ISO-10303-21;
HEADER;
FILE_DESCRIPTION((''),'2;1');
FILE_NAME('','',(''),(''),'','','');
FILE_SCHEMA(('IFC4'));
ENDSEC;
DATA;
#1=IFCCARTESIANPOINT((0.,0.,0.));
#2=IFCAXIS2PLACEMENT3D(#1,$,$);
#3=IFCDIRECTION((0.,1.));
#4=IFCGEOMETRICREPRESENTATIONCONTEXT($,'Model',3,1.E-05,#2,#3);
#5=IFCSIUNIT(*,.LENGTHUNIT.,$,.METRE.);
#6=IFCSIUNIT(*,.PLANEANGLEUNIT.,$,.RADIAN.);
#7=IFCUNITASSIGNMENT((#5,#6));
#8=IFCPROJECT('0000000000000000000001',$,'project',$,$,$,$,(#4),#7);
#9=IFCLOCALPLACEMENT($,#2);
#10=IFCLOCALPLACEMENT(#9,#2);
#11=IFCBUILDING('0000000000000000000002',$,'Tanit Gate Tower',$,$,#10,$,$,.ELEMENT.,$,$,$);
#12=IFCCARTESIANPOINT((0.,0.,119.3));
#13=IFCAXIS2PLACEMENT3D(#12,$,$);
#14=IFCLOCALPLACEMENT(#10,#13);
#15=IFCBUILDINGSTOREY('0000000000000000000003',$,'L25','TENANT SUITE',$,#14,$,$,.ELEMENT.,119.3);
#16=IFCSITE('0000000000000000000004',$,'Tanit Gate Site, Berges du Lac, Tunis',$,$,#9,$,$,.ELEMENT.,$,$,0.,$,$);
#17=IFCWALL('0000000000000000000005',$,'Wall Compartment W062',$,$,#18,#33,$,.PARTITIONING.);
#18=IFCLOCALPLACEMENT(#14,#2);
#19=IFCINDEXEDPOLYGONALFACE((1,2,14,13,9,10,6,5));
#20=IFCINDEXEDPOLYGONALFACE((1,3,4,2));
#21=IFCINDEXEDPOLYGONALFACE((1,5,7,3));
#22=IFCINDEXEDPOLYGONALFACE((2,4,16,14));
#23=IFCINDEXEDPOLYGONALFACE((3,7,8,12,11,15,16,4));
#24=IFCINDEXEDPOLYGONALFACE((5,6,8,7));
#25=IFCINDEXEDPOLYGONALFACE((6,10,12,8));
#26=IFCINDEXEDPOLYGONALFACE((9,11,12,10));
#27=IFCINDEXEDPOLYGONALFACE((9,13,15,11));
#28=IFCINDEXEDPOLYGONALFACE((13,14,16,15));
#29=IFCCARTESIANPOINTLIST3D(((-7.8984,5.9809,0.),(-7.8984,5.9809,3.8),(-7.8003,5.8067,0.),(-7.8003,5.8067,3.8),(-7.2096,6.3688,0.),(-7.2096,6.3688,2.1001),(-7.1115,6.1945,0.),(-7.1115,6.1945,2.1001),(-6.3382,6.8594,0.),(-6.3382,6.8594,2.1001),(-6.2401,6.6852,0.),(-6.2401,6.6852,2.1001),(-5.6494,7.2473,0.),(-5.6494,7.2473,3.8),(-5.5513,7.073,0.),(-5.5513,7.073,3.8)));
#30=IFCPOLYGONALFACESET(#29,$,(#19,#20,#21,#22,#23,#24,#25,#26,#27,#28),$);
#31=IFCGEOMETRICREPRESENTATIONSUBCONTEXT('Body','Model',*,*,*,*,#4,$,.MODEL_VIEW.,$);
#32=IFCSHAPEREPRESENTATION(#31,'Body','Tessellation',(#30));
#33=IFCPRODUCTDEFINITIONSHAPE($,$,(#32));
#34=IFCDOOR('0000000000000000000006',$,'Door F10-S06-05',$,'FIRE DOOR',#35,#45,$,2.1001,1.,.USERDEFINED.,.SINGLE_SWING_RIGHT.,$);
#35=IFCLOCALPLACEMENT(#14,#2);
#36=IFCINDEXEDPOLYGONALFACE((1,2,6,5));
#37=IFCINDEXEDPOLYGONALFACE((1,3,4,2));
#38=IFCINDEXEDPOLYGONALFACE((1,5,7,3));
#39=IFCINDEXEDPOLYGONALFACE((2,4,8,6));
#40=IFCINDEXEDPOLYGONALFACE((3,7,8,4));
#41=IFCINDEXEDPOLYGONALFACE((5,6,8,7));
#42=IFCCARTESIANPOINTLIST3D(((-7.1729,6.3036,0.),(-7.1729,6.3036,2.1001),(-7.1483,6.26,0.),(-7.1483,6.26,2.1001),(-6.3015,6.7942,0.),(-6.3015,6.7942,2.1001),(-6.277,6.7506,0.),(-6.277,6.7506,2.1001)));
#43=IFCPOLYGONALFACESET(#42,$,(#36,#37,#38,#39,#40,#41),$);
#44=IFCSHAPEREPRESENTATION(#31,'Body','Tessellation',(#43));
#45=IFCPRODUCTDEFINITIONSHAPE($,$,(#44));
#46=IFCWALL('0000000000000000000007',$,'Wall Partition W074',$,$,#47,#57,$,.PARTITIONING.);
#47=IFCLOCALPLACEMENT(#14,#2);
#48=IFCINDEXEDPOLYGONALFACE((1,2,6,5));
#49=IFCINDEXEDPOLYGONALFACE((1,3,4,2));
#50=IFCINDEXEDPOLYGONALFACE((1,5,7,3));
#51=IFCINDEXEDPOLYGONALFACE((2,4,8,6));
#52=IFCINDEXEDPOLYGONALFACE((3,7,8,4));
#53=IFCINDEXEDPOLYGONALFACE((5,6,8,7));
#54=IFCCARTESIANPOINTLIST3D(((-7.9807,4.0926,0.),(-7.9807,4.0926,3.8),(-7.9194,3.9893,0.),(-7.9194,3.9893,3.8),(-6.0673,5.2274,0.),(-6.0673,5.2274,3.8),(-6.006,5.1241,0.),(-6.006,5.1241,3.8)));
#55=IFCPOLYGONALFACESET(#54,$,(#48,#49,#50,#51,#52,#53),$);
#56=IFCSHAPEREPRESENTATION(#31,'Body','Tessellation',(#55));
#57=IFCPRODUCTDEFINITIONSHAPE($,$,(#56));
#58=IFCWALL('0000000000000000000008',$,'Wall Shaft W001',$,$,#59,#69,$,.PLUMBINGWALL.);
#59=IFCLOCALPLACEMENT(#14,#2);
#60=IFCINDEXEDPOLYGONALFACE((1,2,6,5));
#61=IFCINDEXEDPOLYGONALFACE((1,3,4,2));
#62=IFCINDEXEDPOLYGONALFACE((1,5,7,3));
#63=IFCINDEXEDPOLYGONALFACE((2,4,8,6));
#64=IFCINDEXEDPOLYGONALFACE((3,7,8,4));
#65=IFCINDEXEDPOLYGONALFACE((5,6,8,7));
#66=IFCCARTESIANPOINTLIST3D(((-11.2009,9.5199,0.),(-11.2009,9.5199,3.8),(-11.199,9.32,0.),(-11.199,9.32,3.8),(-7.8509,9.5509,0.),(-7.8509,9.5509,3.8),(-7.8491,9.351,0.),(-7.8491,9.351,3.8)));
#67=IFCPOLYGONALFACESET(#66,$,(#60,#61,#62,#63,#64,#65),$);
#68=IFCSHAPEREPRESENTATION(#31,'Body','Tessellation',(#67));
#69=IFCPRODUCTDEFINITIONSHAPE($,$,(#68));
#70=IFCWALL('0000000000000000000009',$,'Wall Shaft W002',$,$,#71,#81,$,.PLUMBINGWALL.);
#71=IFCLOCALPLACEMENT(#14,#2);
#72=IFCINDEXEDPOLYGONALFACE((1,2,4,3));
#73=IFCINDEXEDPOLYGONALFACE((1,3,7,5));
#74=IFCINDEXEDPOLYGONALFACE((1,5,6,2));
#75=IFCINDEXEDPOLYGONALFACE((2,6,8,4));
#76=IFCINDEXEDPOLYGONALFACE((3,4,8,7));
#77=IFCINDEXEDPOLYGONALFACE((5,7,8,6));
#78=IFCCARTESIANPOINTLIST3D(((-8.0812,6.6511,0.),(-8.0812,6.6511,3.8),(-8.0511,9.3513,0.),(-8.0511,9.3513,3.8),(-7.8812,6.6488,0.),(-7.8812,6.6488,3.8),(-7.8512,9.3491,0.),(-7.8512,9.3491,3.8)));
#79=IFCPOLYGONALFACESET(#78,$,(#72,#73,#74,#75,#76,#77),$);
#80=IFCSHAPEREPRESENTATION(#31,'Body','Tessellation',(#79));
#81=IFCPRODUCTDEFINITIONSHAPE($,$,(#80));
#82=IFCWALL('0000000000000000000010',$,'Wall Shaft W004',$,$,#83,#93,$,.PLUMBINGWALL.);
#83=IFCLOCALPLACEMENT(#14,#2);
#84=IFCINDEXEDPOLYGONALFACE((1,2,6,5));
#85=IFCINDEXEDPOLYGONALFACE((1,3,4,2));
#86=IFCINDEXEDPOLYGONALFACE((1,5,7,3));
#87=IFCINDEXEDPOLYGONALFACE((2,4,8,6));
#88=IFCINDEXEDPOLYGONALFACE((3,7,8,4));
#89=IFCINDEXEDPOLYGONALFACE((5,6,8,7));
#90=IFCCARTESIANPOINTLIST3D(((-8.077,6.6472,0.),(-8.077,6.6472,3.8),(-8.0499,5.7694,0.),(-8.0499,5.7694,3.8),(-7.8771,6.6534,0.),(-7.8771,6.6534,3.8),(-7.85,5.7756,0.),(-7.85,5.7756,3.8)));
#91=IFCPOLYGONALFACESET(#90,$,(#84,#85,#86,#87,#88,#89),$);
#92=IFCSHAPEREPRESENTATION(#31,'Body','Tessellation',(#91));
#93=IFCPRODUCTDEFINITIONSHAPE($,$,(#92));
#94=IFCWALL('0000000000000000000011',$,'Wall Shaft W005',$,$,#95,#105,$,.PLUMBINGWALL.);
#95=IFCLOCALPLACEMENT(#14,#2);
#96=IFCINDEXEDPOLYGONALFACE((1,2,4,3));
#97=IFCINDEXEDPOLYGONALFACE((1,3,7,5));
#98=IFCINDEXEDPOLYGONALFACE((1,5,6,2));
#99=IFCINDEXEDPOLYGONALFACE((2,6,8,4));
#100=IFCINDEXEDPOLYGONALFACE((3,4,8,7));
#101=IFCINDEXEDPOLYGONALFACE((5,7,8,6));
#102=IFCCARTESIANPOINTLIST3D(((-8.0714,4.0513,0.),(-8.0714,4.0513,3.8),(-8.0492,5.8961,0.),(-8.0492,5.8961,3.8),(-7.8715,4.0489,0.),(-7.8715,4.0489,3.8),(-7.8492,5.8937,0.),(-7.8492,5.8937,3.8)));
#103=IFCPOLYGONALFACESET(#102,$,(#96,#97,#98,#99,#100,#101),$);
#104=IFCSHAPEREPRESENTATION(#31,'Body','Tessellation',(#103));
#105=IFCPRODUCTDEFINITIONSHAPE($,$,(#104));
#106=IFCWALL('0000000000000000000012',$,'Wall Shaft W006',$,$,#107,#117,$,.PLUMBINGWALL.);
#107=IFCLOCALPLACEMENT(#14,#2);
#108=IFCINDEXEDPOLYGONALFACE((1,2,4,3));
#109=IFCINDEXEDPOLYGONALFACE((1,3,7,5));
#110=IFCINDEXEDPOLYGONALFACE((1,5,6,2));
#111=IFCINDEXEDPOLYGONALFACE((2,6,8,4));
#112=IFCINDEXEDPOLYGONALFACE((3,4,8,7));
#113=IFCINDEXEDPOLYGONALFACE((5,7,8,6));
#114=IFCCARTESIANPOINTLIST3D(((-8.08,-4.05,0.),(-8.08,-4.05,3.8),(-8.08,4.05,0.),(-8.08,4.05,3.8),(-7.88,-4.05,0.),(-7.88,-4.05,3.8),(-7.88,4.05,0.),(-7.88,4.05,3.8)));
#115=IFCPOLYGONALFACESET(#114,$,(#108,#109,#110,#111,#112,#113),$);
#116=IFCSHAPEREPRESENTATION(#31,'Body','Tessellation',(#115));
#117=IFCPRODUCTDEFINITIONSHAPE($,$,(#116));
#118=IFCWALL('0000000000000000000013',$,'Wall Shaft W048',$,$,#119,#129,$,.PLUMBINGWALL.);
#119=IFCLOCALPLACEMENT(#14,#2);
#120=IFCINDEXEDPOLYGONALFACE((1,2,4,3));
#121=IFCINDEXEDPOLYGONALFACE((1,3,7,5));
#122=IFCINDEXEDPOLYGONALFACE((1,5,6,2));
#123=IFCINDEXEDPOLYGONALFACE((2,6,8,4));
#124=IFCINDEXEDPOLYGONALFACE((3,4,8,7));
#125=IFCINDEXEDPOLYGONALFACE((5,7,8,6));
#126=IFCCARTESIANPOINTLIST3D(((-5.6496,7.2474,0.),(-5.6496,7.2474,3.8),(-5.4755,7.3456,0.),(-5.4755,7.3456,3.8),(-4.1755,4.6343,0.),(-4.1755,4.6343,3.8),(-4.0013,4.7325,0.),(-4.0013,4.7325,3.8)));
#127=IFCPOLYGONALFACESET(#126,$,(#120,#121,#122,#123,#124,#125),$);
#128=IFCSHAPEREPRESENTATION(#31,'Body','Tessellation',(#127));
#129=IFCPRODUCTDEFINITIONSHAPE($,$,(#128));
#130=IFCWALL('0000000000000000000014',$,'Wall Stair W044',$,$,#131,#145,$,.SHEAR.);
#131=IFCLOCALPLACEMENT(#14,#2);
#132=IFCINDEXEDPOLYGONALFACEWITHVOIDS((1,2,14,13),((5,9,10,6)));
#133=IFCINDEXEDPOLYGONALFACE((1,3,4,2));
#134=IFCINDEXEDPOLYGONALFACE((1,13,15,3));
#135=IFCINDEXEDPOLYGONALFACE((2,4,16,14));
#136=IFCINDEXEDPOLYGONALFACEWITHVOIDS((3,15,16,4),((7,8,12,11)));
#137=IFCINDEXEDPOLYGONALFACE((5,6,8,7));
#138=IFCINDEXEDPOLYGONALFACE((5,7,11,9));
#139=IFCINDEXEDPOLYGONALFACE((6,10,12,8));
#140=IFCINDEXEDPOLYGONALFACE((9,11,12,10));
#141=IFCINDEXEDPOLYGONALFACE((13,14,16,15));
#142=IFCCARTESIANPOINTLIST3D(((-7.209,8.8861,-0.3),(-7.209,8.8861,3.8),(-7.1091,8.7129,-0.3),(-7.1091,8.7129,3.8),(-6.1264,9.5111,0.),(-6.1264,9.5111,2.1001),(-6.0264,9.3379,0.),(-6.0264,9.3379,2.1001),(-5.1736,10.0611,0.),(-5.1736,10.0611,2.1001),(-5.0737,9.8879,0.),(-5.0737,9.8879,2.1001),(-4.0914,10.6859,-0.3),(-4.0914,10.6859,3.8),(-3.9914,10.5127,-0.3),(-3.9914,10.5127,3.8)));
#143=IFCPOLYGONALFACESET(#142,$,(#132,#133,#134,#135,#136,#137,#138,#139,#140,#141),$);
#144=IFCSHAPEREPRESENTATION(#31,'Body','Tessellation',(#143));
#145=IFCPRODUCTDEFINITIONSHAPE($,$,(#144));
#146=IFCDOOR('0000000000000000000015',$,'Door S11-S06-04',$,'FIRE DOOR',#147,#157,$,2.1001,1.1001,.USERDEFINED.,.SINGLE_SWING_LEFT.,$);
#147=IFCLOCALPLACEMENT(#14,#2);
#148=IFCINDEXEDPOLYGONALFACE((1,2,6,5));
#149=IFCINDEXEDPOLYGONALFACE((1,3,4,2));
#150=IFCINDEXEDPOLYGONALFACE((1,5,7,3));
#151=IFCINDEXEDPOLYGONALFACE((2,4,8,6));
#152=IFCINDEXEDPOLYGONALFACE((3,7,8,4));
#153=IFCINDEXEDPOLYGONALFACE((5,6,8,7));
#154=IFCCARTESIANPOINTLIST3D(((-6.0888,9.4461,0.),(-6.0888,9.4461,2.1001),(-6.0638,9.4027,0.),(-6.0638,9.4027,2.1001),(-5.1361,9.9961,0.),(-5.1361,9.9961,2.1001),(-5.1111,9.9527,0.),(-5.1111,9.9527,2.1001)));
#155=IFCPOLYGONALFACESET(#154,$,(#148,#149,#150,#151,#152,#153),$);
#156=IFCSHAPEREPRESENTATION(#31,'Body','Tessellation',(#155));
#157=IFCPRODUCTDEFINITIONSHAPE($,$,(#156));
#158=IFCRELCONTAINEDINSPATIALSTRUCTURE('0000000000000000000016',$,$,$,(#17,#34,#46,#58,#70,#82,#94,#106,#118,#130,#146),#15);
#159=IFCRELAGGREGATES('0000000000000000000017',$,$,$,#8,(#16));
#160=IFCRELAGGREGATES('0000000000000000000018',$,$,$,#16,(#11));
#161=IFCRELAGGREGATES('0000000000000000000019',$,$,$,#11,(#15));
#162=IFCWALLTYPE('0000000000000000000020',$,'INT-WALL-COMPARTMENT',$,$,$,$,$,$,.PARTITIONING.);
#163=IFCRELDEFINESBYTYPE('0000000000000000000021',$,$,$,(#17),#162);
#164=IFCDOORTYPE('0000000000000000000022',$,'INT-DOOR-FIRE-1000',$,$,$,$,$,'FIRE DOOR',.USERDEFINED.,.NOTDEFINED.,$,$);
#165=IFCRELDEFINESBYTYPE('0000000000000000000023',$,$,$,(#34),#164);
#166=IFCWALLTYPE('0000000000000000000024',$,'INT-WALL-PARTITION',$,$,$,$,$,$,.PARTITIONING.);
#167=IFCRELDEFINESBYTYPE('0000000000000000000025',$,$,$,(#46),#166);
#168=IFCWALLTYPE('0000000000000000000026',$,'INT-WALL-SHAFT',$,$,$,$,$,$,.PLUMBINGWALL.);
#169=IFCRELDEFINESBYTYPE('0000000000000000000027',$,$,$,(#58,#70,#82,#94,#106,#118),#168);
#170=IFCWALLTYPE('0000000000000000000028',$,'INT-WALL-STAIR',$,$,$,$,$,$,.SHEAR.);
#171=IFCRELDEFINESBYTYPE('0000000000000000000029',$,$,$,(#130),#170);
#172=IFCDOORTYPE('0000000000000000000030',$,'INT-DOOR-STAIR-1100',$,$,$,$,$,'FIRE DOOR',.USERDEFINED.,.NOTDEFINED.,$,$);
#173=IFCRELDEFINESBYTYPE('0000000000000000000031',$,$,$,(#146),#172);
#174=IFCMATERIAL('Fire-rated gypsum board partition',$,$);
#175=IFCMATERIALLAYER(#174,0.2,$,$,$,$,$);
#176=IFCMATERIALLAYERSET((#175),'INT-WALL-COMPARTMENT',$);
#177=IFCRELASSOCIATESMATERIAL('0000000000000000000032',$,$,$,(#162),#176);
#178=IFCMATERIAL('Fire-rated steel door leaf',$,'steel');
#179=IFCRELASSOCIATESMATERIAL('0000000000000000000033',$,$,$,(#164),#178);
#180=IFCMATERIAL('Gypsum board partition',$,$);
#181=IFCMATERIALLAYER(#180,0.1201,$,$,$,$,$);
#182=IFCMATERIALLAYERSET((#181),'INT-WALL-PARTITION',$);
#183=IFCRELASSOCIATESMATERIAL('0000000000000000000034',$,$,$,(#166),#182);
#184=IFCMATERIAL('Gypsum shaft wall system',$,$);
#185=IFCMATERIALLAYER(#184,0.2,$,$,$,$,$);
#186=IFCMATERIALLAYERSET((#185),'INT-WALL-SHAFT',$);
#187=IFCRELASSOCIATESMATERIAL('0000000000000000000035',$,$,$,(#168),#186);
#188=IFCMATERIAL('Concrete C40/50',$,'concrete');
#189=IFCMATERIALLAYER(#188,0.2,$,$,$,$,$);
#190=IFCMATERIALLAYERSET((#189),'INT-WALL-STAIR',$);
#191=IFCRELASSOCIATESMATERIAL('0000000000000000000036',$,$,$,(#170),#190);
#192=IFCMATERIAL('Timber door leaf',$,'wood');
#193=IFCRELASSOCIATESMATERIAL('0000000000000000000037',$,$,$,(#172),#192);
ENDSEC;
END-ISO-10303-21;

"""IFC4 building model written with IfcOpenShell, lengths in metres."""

from ifc_helpers import new_model, si_unit, direction, frame, frame_2d, origin, place, context, subcontext, project, spatial, rectangle, extrude, material, layer, layer_set, type_object, element, fill, save


model = new_model("IFC4")

# Units and contexts
model_context = context("Model", 3, precision=1e-05, world=origin(), true_north=direction((0.0, 1.0)))
body_context = subcontext(model_context, "Body", "Model", "MODEL_VIEW")
ifc_project = project(units=[si_unit("LENGTHUNIT", "METRE"), si_unit("PLANEANGLEUNIT", "RADIAN")], contexts=[model_context])

# Site, building, storey
site_placement = place(None, origin())
site = spatial("IfcSite", under=ifc_project, at=site_placement, Name="Tanit Gate Site, Berges du Lac, Tunis", CompositionType="ELEMENT", RefElevation=0.0)
building_placement = place(site_placement, origin())
building = spatial("IfcBuilding", under=site, at=building_placement, Name="Tanit Gate Tower", CompositionType="ELEMENT")
storey_placement = place(building_placement, frame((0.0, 0.0, 119.3)))
storey = spatial("IfcBuildingStorey", under=building, at=storey_placement, Name="L25", Description="TENANT SUITE", CompositionType="ELEMENT", Elevation=119.3)

# Wall, opening, door
ifc_material_1 = material(Name="Fire-rated gypsum board partition")
ifc_layer_1 = layer(ifc_material_1, 0.2)
ifc_layer_set_1 = layer_set([ifc_layer_1], Name="INT-WALL-COMPARTMENT")
wall_type_1 = type_object("IfcWallType", Name="INT-WALL-COMPARTMENT", PredefinedType="PARTITIONING", material=ifc_layer_set_1)
wall_1_placement = place(storey_placement, frame((-5.6003, 7.1602, 0.0), z_axis=(0.0, 0.0, 1.0), x_axis=(-0.871363, -0.490638, 0.0)))
wall_1 = element("IfcWall", 1, at=wall_1_placement, inside=storey, type_object=wall_type_1, Name="Wall Compartment W062", PredefinedType="PARTITIONING", context=body_context, shape_type="SweptSolid", body=[
    extrude(rectangle(XDim=2.5811, YDim=0.2, at=frame_2d((1.2905, 0.0))), origin(), (0.0, 0.0, 1.0), 3.8),
])
opening_1_placement = place(wall_1_placement, frame((0.7905, 0.0, 0.0)))
opening_1 = element("IfcOpeningElement", 2, at=opening_1_placement, cuts=wall_1, PredefinedType="OPENING", context=body_context, shape_type="SweptSolid", body=[
    extrude(rectangle(XDim=1.0, YDim=2.1001, at=frame_2d((0.5, 1.05))), frame((0.0, 0.1099, 0.0), z_axis=(0.0, -1.0, 0.0), x_axis=(1.0, 0.0, 0.0)), (0.0, 0.0, 1.0), 0.22),
])
ifc_material_2 = material(Name="Fire-rated steel door leaf", Category="steel")
door_type_1 = type_object("IfcDoorType", Name="INT-DOOR-FIRE-1000", ElementType="FIRE DOOR", OperationType="NOTDEFINED", PredefinedType="USERDEFINED", material=ifc_material_2)
door_1_placement = place(opening_1_placement, origin())
door_1 = element("IfcDoor", 3, at=door_1_placement, inside=storey, type_object=door_type_1, Name="Door F10-S06-05", ObjectType="FIRE DOOR", OperationType="SINGLE_SWING_RIGHT", OverallHeight=2.1001, OverallWidth=1.0, PredefinedType="USERDEFINED", context=body_context, shape_type="SweptSolid", body=[
    extrude(rectangle(XDim=1.0, YDim=2.1001, at=frame_2d((0.5, 1.05))), frame((0.0, 0.0249, 0.0), z_axis=(0.0, -1.0, 0.0), x_axis=(1.0, 0.0, 0.0)), (0.0, 0.0, 1.0), 0.05),
])
fill(opening_1, door_1)

# Walls
ifc_material_3 = material(Name="Gypsum board partition")
ifc_layer_2 = layer(ifc_material_3, 0.1201)
ifc_layer_set_2 = layer_set([ifc_layer_2], Name="INT-WALL-PARTITION")
wall_type_2 = type_object("IfcWallType", Name="INT-WALL-PARTITION", PredefinedType="PARTITIONING", material=ifc_layer_set_2)
wall_2_placement = place(storey_placement, frame((-6.0366, 5.1758, 0.0), z_axis=(0.0, 0.0, 1.0), x_axis=(-0.860106, -0.510115, 0.0)))
element("IfcWall", 4, at=wall_2_placement, inside=storey, type_object=wall_type_2, Name="Wall Partition W074", PredefinedType="PARTITIONING", context=body_context, shape_type="SweptSolid", body=[
    extrude(rectangle(XDim=2.2246, YDim=0.1201, at=frame_2d((1.1123, 0.0))), origin(), (0.0, 0.0, 1.0), 3.8),
])
ifc_material_4 = material(Name="Gypsum shaft wall system")
ifc_layer_3 = layer(ifc_material_4, 0.2)
ifc_layer_set_3 = layer_set([ifc_layer_3], Name="INT-WALL-SHAFT")
wall_type_3 = type_object("IfcWallType", Name="INT-WALL-SHAFT", PredefinedType="PLUMBINGWALL", material=ifc_layer_set_3)
wall_3_placement = place(storey_placement, frame((-11.2, 9.4199, 0.0), z_axis=(0.0, 0.0, 1.0), x_axis=(0.999957, 0.009255, 0.0)))
element("IfcWall", 5, at=wall_3_placement, inside=storey, type_object=wall_type_3, Name="Wall Shaft W001", PredefinedType="PLUMBINGWALL", context=body_context, shape_type="SweptSolid", body=[
    extrude(rectangle(XDim=3.3501, YDim=0.2, at=frame_2d((1.675, 0.0))), origin(), (0.0, 0.0, 1.0), 3.8),
])
wall_4_placement = place(storey_placement, frame((-7.9512, 9.3501, 0.0), z_axis=(0.0, 0.0, 1.0), x_axis=(-0.01112, -0.999938, 0.0)))
element("IfcWall", 6, at=wall_4_placement, inside=storey, type_object=wall_type_3, Name="Wall Shaft W002", PredefinedType="PLUMBINGWALL", context=body_context, shape_type="SweptSolid", body=[
    extrude(rectangle(XDim=2.7004, YDim=0.2, at=frame_2d((1.3501, 0.0))), origin(), (0.0, 0.0, 1.0), 3.8),
])
wall_5_placement = place(storey_placement, frame((-7.9771, 6.6501, 0.0), z_axis=(0.0, 0.0, 1.0), x_axis=(0.030862, -0.999524, 0.0)))
element("IfcWall", 7, at=wall_5_placement, inside=storey, type_object=wall_type_3, Name="Wall Shaft W004", PredefinedType="PLUMBINGWALL", context=body_context, shape_type="SweptSolid", body=[
    extrude(rectangle(XDim=0.8782, YDim=0.2, at=frame_2d((0.439, 0.0))), origin(), (0.0, 0.0, 1.0), 3.8),
])
wall_6_placement = place(storey_placement, frame((-7.9492, 5.8948, 0.0), z_axis=(0.0, 0.0, 1.0), x_axis=(-0.012043, -0.999927, 0.0)))
element("IfcWall", 8, at=wall_6_placement, inside=storey, type_object=wall_type_3, Name="Wall Shaft W005", PredefinedType="PLUMBINGWALL", context=body_context, shape_type="SweptSolid", body=[
    extrude(rectangle(XDim=1.845, YDim=0.2, at=frame_2d((0.9224, 0.0))), origin(), (0.0, 0.0, 1.0), 3.8),
])
wall_7_placement = place(storey_placement, frame((-7.98, 4.05, 0.0), z_axis=(0.0, 0.0, 1.0), x_axis=(0.0, -1.0, 0.0)))
element("IfcWall", 9, at=wall_7_placement, inside=storey, type_object=wall_type_3, Name="Wall Shaft W006", PredefinedType="PLUMBINGWALL", context=body_context, shape_type="SweptSolid", body=[
    extrude(rectangle(XDim=8.1001, YDim=0.2, at=frame_2d((4.05, 0.0))), origin(), (0.0, 0.0, 1.0), 3.8),
])

# Wall
wall_8_placement = place(storey_placement, frame((-5.5625, 7.2964, 0.0), z_axis=(0.0, 0.0, 1.0), x_axis=(0.491347, -0.870964, 0.0)))
element("IfcWall", 10, at=wall_8_placement, inside=storey, type_object=wall_type_3, Name="Wall Shaft W048", PredefinedType="PLUMBINGWALL", context=body_context, shape_type="SweptSolid", body=[
    extrude(rectangle(XDim=3.0002, YDim=0.2, at=frame_2d((1.5, 0.0))), origin(), (0.0, 0.0, 1.0), 3.8),
])

# Wall, opening, door
ifc_material_5 = material(Name="Concrete C40/50", Category="concrete")
ifc_layer_4 = layer(ifc_material_5, 0.2)
ifc_layer_set_4 = layer_set([ifc_layer_4], Name="INT-WALL-STAIR")
wall_type_4 = type_object("IfcWallType", Name="INT-WALL-STAIR", PredefinedType="SHEAR", material=ifc_layer_set_4)
wall_9_placement = place(storey_placement, frame((-7.1589, 8.7996, -0.3), z_axis=(0.0, 0.0, 1.0), x_axis=(0.866048, 0.499961, 0.0)))
wall_9 = element("IfcWall", 11, at=wall_9_placement, inside=storey, type_object=wall_type_4, Name="Wall Stair W044", PredefinedType="SHEAR", context=body_context, shape_type="SweptSolid", body=[
    extrude(rectangle(XDim=3.5999, YDim=0.2, at=frame_2d((1.7998, 0.0))), origin(), (0.0, 0.0, 1.0), 4.1001),
])
opening_2_placement = place(wall_9_placement, frame((1.25, 0.0, 0.3)))
opening_2 = element("IfcOpeningElement", 12, at=opening_2_placement, cuts=wall_9, PredefinedType="OPENING", context=body_context, shape_type="SweptSolid", body=[
    extrude(rectangle(XDim=1.1001, YDim=2.1001, at=frame_2d((0.55, 1.05))), frame((0.0, 0.1099, 0.0), z_axis=(0.0, -1.0, 0.0), x_axis=(1.0, 0.0, 0.0)), (0.0, 0.0, 1.0), 0.22),
])
ifc_material_6 = material(Name="Timber door leaf", Category="wood")
door_type_2 = type_object("IfcDoorType", Name="INT-DOOR-STAIR-1100", ElementType="FIRE DOOR", OperationType="NOTDEFINED", PredefinedType="USERDEFINED", material=ifc_material_6)
door_2_placement = place(opening_2_placement, origin())
door_2 = element("IfcDoor", 13, at=door_2_placement, inside=storey, type_object=door_type_2, Name="Door S11-S06-04", ObjectType="FIRE DOOR", OperationType="SINGLE_SWING_LEFT", OverallHeight=2.1001, OverallWidth=1.1001, PredefinedType="USERDEFINED", context=body_context, shape_type="SweptSolid", body=[
    extrude(rectangle(XDim=1.1001, YDim=2.1001, at=frame_2d((0.55, 1.05))), frame((0.0, 0.0249, 0.0), z_axis=(0.0, -1.0, 0.0), x_axis=(1.0, 0.0, 0.0)), (0.0, 0.0, 1.0), 0.05),
])
fill(opening_2, door_2)

save(model, "model.ifc")
